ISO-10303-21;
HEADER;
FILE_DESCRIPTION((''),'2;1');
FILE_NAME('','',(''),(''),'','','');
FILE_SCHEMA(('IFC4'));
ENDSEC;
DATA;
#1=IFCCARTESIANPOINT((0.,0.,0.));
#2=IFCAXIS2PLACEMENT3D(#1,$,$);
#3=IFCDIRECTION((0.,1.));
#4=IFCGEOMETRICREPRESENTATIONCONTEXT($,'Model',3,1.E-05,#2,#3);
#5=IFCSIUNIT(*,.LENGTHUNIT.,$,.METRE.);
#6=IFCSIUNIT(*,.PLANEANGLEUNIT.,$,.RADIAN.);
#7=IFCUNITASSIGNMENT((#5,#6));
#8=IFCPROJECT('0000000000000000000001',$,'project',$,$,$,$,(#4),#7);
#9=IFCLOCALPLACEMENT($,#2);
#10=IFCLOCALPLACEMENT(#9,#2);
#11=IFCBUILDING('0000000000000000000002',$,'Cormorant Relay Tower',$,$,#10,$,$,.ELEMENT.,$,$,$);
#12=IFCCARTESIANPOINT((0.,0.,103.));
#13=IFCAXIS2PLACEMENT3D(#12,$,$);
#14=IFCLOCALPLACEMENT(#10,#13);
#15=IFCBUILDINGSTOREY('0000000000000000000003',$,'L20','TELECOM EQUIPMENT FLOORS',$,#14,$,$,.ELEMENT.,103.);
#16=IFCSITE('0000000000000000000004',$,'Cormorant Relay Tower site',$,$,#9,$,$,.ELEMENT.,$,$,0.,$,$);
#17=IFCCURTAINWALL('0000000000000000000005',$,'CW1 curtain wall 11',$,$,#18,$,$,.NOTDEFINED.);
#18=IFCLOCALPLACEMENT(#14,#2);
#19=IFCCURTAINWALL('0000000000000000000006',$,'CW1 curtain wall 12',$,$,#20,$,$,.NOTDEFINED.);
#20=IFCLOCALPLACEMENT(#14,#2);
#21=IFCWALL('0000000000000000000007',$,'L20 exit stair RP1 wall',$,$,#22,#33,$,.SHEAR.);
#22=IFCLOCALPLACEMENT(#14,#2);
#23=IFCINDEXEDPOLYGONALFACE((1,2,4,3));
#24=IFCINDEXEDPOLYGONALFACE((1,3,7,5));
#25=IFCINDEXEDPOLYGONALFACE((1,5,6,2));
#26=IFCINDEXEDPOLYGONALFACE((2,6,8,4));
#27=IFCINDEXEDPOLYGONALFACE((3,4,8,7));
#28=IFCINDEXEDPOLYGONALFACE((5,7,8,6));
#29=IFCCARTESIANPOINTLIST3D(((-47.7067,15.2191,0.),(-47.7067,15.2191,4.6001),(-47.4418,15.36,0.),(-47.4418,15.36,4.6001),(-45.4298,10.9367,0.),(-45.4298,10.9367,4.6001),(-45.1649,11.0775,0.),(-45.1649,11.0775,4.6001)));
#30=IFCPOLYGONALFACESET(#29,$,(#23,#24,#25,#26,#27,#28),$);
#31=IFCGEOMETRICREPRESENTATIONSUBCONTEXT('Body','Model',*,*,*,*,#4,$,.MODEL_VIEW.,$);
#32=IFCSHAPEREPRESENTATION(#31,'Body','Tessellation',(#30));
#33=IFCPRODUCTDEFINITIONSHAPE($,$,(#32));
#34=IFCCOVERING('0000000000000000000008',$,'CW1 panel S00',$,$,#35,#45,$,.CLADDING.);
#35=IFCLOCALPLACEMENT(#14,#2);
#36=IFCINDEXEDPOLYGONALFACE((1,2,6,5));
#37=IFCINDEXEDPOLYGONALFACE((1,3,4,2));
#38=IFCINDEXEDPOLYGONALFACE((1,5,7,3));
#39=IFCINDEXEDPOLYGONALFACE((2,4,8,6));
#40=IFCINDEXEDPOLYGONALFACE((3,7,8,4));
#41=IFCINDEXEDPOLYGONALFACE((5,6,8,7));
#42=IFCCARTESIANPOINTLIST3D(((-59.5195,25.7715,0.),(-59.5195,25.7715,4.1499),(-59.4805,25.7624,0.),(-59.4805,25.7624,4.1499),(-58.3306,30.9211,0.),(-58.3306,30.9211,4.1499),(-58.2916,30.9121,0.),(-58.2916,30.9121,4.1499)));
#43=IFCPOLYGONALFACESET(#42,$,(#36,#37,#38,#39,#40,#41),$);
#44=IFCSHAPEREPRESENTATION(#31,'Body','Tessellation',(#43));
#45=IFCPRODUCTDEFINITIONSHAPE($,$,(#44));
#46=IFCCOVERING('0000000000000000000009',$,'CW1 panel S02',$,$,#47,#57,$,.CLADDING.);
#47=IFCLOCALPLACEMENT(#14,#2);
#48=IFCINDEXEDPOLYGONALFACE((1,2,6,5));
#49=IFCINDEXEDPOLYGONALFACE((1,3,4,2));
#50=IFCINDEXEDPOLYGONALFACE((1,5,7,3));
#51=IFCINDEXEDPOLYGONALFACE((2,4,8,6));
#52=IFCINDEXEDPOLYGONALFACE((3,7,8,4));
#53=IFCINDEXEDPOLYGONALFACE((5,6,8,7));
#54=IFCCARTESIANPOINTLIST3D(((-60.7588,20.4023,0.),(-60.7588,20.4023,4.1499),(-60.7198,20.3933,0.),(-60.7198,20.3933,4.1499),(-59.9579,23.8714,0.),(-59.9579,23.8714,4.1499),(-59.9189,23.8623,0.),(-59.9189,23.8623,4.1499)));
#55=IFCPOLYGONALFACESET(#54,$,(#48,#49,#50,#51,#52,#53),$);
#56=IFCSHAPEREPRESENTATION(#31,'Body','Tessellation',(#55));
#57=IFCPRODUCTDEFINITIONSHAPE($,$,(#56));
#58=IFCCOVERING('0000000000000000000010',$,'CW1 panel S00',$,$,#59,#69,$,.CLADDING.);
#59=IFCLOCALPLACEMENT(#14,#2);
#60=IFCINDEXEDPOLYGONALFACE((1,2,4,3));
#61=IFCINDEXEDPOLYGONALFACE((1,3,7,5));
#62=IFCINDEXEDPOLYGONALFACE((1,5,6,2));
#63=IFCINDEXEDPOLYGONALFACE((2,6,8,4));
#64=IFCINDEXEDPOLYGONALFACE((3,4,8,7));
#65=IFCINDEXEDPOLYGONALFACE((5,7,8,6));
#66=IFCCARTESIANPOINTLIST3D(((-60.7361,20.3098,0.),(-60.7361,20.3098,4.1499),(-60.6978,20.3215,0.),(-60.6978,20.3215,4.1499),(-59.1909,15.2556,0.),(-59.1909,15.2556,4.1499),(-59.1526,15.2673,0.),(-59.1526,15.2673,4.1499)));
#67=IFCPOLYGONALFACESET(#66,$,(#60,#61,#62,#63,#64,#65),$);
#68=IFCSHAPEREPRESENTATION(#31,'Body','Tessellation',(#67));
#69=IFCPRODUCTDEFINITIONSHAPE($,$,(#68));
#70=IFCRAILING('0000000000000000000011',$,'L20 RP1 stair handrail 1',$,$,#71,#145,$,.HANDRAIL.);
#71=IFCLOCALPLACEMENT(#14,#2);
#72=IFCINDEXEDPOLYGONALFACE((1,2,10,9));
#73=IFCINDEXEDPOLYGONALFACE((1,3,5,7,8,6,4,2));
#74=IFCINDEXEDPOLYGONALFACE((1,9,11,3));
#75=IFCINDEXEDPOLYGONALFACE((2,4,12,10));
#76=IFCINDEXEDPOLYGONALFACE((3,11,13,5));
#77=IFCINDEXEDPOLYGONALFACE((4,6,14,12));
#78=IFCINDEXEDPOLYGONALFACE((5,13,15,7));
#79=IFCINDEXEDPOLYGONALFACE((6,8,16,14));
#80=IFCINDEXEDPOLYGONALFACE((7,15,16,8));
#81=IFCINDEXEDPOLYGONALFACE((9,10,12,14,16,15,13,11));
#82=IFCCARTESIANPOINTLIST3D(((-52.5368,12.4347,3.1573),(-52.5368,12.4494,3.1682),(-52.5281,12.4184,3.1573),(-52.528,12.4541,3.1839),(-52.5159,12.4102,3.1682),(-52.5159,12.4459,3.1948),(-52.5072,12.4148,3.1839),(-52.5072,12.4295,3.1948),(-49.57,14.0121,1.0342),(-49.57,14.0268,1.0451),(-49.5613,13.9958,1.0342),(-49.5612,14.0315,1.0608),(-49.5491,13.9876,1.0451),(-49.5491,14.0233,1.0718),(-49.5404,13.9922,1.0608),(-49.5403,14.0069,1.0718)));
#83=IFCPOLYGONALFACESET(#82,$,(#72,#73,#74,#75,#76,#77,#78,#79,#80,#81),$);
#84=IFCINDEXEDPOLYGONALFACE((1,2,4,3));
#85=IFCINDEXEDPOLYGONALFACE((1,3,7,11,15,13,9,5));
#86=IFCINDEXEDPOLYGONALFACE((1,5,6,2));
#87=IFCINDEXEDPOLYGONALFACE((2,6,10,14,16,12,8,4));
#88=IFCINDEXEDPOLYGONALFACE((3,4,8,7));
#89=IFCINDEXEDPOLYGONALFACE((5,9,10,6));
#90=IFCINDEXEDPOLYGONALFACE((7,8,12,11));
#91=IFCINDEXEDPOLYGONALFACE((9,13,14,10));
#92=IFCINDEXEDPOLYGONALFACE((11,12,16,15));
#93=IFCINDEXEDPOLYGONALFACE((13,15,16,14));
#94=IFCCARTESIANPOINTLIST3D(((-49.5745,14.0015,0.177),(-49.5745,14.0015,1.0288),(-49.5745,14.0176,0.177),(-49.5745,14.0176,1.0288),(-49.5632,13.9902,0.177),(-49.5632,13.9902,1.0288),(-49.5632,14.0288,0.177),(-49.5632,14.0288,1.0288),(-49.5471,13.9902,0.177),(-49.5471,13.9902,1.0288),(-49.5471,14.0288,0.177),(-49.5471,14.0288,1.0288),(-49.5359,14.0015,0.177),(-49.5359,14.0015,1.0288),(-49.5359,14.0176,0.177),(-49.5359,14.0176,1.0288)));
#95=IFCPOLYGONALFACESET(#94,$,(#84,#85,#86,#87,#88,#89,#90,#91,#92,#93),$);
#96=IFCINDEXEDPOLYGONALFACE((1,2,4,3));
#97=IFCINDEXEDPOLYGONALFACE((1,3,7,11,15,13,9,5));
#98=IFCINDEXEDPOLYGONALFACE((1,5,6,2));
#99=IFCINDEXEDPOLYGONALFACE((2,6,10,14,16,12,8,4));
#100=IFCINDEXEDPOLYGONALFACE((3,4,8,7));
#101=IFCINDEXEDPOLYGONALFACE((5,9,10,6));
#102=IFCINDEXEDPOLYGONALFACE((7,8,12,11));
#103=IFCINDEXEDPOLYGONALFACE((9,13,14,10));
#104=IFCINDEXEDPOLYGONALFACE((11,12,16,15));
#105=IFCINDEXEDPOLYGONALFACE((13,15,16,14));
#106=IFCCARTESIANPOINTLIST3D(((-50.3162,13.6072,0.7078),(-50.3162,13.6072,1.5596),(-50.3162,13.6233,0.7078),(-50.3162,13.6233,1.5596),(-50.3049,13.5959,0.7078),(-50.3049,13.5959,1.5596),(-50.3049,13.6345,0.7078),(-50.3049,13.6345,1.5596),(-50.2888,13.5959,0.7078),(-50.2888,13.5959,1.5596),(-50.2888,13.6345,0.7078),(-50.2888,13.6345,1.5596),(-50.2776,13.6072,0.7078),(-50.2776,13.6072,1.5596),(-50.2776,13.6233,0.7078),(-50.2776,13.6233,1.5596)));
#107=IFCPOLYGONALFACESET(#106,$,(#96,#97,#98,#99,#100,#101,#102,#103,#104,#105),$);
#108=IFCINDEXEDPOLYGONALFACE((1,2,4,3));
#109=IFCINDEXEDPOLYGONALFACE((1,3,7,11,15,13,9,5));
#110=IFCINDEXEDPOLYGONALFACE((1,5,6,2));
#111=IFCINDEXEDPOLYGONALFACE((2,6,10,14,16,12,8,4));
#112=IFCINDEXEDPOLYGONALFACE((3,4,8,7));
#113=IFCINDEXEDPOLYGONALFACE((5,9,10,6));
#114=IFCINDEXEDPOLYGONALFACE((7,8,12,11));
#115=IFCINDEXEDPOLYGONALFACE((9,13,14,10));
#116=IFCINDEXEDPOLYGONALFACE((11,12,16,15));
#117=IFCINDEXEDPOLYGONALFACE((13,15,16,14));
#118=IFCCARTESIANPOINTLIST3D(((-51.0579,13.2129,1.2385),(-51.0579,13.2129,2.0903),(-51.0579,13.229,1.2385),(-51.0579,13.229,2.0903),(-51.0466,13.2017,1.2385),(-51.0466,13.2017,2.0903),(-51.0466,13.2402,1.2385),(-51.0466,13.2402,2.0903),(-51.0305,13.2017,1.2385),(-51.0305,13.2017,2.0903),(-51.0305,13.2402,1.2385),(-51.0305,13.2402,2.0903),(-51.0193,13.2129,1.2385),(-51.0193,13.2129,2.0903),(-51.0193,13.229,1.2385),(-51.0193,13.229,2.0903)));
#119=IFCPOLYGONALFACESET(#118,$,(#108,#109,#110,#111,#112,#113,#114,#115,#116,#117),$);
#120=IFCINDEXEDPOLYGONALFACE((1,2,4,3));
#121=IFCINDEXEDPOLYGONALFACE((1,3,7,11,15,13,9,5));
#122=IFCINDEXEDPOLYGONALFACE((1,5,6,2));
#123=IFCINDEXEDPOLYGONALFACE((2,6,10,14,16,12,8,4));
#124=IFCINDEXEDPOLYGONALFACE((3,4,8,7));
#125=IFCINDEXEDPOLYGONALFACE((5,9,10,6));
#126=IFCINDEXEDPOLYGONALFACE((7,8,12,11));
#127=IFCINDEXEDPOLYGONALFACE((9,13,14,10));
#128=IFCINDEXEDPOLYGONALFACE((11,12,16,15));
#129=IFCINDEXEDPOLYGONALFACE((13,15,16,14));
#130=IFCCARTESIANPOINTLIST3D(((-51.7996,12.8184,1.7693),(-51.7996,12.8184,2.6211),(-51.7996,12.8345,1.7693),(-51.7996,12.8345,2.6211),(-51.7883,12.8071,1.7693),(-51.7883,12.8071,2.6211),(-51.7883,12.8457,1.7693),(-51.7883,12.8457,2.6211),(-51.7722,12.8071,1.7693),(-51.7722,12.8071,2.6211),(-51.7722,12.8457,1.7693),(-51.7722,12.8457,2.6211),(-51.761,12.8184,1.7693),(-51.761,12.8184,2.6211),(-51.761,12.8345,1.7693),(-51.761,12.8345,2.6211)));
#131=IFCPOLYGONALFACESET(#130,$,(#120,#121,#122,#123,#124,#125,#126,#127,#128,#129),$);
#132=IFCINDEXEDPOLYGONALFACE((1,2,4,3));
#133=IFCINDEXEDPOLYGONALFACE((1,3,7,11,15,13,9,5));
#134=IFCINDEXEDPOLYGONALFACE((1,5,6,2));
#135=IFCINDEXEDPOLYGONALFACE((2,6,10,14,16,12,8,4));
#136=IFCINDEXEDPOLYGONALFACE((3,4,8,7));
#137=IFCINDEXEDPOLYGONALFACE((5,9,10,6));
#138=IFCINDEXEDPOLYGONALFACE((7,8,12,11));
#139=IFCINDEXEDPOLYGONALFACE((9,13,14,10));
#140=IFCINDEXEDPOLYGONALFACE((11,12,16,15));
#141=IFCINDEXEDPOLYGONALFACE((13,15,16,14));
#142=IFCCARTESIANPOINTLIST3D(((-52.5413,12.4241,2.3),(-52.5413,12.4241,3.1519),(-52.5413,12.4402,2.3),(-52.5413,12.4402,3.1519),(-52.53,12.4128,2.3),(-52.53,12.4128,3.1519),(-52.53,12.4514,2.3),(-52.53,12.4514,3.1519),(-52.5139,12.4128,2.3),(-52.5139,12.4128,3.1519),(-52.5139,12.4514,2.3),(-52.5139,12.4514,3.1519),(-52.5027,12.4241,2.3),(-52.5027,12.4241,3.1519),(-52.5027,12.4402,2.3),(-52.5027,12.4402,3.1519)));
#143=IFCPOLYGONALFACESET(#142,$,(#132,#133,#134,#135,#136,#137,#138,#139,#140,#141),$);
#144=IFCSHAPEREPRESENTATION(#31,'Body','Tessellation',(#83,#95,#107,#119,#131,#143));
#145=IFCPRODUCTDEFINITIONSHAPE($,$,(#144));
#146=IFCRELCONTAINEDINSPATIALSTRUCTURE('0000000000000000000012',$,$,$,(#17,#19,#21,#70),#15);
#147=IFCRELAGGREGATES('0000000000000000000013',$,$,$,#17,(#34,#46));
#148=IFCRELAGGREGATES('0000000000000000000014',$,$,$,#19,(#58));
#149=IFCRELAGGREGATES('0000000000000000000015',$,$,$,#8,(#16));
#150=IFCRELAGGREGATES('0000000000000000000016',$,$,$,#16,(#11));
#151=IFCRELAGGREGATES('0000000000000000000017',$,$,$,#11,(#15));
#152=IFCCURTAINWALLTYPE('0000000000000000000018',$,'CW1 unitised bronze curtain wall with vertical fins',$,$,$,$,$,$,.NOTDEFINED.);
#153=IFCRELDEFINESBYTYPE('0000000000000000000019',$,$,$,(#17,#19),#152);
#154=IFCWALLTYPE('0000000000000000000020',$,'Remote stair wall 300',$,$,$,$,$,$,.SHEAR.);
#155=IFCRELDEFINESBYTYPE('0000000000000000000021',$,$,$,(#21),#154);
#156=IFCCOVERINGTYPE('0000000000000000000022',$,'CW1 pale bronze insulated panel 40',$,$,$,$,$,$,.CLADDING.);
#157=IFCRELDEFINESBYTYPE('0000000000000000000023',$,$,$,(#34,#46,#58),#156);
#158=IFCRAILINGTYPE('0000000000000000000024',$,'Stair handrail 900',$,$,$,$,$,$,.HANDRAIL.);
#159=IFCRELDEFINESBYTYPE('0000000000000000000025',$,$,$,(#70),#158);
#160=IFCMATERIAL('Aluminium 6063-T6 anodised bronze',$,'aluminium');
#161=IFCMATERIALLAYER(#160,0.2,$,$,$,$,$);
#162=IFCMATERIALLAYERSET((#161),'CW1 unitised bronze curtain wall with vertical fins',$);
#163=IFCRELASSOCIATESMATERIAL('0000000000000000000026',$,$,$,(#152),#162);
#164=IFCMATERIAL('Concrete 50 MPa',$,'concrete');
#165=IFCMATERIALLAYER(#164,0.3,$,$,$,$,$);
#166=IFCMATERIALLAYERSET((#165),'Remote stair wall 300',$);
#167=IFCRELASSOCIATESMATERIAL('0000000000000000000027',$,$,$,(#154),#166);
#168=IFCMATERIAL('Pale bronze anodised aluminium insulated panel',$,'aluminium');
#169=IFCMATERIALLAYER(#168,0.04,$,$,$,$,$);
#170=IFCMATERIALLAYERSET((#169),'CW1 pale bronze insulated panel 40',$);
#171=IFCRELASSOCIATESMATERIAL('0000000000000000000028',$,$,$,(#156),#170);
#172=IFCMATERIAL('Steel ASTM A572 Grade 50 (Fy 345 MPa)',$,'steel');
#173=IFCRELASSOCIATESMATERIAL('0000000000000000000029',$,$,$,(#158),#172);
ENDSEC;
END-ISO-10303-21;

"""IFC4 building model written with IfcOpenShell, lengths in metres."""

from ifc_helpers import new_model, si_unit, direction, frame, frame_2d, origin, origin_2d, place, context, subcontext, project, spatial, polyline, rectangle, outline, extrude, material, layer, layer_set, type_object, element, aggregate, save


model = new_model("IFC4")

# Units and contexts
model_context = context("Model", 3, precision=1e-05, world=origin(), true_north=direction((0.0, 1.0)))
body_context = subcontext(model_context, "Body", "Model", "MODEL_VIEW")
ifc_project = project(units=[si_unit("LENGTHUNIT", "METRE"), si_unit("PLANEANGLEUNIT", "RADIAN")], contexts=[model_context])

# Site, building, storey
site_placement = place(None, origin())
site = spatial("IfcSite", under=ifc_project, at=site_placement, Name="Cormorant Relay Tower site", CompositionType="ELEMENT", RefElevation=0.0)
building_placement = place(site_placement, origin())
building = spatial("IfcBuilding", under=site, at=building_placement, Name="Cormorant Relay Tower", CompositionType="ELEMENT")
storey_placement = place(building_placement, frame((0.0, 0.0, 103.0)))
storey = spatial("IfcBuildingStorey", under=building, at=storey_placement, Name="L20", Description="TELECOM EQUIPMENT FLOORS", CompositionType="ELEMENT", Elevation=103.0)

# Curtain wall
ifc_material_1 = material(Name="Aluminium 6063-T6 anodised bronze", Category="aluminium")
ifc_layer_1 = layer(ifc_material_1, 0.2)
ifc_layer_set_1 = layer_set([ifc_layer_1], Name="CW1 unitised bronze curtain wall with vertical fins")
curtain_wall_type = type_object("IfcCurtainWallType", Name="CW1 unitised bronze curtain wall with vertical fins", PredefinedType="NOTDEFINED", material=ifc_layer_set_1)
curtain_wall_1_placement = place(storey_placement, origin())
curtain_wall_1 = element("IfcCurtainWall", 1, at=curtain_wall_1_placement, inside=storey, type_object=curtain_wall_type, Name="CW1 curtain wall 11", PredefinedType="NOTDEFINED")

# Curtain wall
curtain_wall_2_placement = place(storey_placement, origin())
curtain_wall_2 = element("IfcCurtainWall", 2, at=curtain_wall_2_placement, inside=storey, type_object=curtain_wall_type, Name="CW1 curtain wall 12", PredefinedType="NOTDEFINED")

# Wall
ifc_material_2 = material(Name="Concrete 50 MPa", Category="concrete")
ifc_layer_2 = layer(ifc_material_2, 0.3)
ifc_layer_set_2 = layer_set([ifc_layer_2], Name="Remote stair wall 300")
wall_type_1 = type_object("IfcWallType", Name="Remote stair wall 300", PredefinedType="SHEAR", material=ifc_layer_set_2)
wall_1_placement = place(storey_placement, frame((-47.5742, 15.2896, 0.0), z_axis=(0.0, 0.0, 1.0), x_axis=(0.469443, -0.882963, 0.0)))
element("IfcWall", 3, at=wall_1_placement, inside=storey, type_object=wall_type_1, Name="L20 exit stair RP1 wall", PredefinedType="SHEAR", context=body_context, shape_type="SweptSolid", body=[
    extrude(rectangle(XDim=4.8501, YDim=0.3, at=frame_2d((2.425, 0.0))), origin(), (0.0, 0.0, 1.0), 4.6001),
])

# Coverings
ifc_material_3 = material(Name="Pale bronze anodised aluminium insulated panel", Category="aluminium")
ifc_layer_3 = layer(ifc_material_3, 0.04)
ifc_layer_set_3 = layer_set([ifc_layer_3], Name="CW1 pale bronze insulated panel 40")
covering_type = type_object("IfcCoveringType", Name="CW1 pale bronze insulated panel 40", PredefinedType="CLADDING", material=ifc_layer_set_3)
covering_1_placement = place(storey_placement, frame((-58.9055, 28.3418, 0.0), z_axis=(0.0, 0.0, 1.0), x_axis=(-0.224951, -0.97437, 0.0)))
covering_1 = element("IfcCovering", 4, at=covering_1_placement, type_object=covering_type, Name="CW1 panel S00", PredefinedType="CLADDING", context=body_context, shape_type="SweptSolid", body=[
    extrude(rectangle(XDim=5.2852, YDim=0.04, at=origin_2d()), origin(), (0.0, 0.0, 1.0), 4.1499),
])
covering_2_placement = place(storey_placement, frame((-60.3389, 22.1323, 0.0), z_axis=(0.0, 0.0, 1.0), x_axis=(-0.224951, -0.97437, 0.0)))
covering_2 = element("IfcCovering", 5, at=covering_2_placement, type_object=covering_type, Name="CW1 panel S02", PredefinedType="CLADDING", context=body_context, shape_type="SweptSolid", body=[
    extrude(rectangle(XDim=3.5603, YDim=0.04, at=origin_2d()), origin(), (0.0, 0.0, 1.0), 4.1499),
])
aggregate(curtain_wall_1, [covering_1, covering_2])
covering_3_placement = place(storey_placement, frame((-59.9443, 17.7886, 0.0), z_axis=(0.0, 0.0, 1.0), x_axis=(0.292372, -0.956305, 0.0)))
covering_3 = element("IfcCovering", 6, at=covering_3_placement, type_object=covering_type, Name="CW1 panel S00", PredefinedType="CLADDING", context=body_context, shape_type="SweptSolid", body=[
    extrude(rectangle(XDim=5.2852, YDim=0.04, at=origin_2d()), origin(), (0.0, 0.0, 1.0), 4.1499),
])
aggregate(curtain_wall_2, [covering_3])

# Railing
ifc_material_4 = material(Name="Steel ASTM A572 Grade 50 (Fy 345 MPa)", Category="steel")
railing_type = type_object("IfcRailingType", Name="Stair handrail 900", PredefinedType="HANDRAIL", material=ifc_material_4)
railing_placement = place(storey_placement, frame((-49.5552, 14.0095, 0.177)))
element("IfcRailing", 7, at=railing_placement, inside=storey, type_object=railing_type, Name="L20 RP1 stair handrail 1", PredefinedType="HANDRAIL", context=body_context, shape_type="SweptSolid", body=[
    extrude(outline(polyline([(0.0222, 0.0093), (0.0093, 0.0222), (-0.0093, 0.0222), (-0.0222, 0.0093), (-0.0222, -0.0093), (-0.0093, -0.0222), (0.0093, -0.0222), (0.0222, -0.0093), (0.0222, 0.0093)])), frame((0.0, 0.0, 0.876), z_axis=(-0.746441, -0.396869, 0.534155), x_axis=(0.469453, -0.882958, 0.0)), (0.0, 0.0, 1.0), 3.9746),
    extrude(outline(polyline([(0.0193, 0.0081), (0.0081, 0.0193), (-0.0081, 0.0193), (-0.0193, 0.0081), (-0.0193, -0.0081), (-0.0081, -0.0193), (0.0081, -0.0193), (0.0193, -0.0081), (0.0193, 0.0081)])), origin(), (0.0, 0.0, 1.0), 0.8518),
    extrude(outline(polyline([(0.0193, 0.0081), (0.0081, 0.0193), (-0.0081, 0.0193), (-0.0193, 0.0081), (-0.0193, -0.0081), (-0.0081, -0.0193), (0.0081, -0.0193), (0.0193, -0.0081), (0.0193, 0.0081)])), frame((-0.7417, -0.3943, 0.5308)), (0.0, 0.0, 1.0), 0.8518),
    extrude(outline(polyline([(0.0193, 0.0081), (0.0081, 0.0193), (-0.0081, 0.0193), (-0.0193, 0.0081), (-0.0193, -0.0081), (-0.0081, -0.0193), (0.0081, -0.0193), (0.0193, -0.0081), (0.0193, 0.0081)])), frame((-1.4834, -0.7886, 1.0615)), (0.0, 0.0, 1.0), 0.8518),
    extrude(outline(polyline([(0.0193, 0.0081), (0.0081, 0.0193), (-0.0081, 0.0193), (-0.0193, 0.0081), (-0.0193, -0.0081), (-0.0081, -0.0193), (0.0081, -0.0193), (0.0193, -0.0081), (0.0193, 0.0081)])), frame((-2.2251, -1.1831, 1.5923)), (0.0, 0.0, 1.0), 0.8518),
    extrude(outline(polyline([(0.0193, 0.0081), (0.0081, 0.0193), (-0.0081, 0.0193), (-0.0193, 0.0081), (-0.0193, -0.0081), (-0.0081, -0.0193), (0.0081, -0.0193), (0.0193, -0.0081), (0.0193, 0.0081)])), frame((-2.9668, -1.5774, 2.123)), (0.0, 0.0, 1.0), 0.8518),
])

save(model, "model.ifc")
